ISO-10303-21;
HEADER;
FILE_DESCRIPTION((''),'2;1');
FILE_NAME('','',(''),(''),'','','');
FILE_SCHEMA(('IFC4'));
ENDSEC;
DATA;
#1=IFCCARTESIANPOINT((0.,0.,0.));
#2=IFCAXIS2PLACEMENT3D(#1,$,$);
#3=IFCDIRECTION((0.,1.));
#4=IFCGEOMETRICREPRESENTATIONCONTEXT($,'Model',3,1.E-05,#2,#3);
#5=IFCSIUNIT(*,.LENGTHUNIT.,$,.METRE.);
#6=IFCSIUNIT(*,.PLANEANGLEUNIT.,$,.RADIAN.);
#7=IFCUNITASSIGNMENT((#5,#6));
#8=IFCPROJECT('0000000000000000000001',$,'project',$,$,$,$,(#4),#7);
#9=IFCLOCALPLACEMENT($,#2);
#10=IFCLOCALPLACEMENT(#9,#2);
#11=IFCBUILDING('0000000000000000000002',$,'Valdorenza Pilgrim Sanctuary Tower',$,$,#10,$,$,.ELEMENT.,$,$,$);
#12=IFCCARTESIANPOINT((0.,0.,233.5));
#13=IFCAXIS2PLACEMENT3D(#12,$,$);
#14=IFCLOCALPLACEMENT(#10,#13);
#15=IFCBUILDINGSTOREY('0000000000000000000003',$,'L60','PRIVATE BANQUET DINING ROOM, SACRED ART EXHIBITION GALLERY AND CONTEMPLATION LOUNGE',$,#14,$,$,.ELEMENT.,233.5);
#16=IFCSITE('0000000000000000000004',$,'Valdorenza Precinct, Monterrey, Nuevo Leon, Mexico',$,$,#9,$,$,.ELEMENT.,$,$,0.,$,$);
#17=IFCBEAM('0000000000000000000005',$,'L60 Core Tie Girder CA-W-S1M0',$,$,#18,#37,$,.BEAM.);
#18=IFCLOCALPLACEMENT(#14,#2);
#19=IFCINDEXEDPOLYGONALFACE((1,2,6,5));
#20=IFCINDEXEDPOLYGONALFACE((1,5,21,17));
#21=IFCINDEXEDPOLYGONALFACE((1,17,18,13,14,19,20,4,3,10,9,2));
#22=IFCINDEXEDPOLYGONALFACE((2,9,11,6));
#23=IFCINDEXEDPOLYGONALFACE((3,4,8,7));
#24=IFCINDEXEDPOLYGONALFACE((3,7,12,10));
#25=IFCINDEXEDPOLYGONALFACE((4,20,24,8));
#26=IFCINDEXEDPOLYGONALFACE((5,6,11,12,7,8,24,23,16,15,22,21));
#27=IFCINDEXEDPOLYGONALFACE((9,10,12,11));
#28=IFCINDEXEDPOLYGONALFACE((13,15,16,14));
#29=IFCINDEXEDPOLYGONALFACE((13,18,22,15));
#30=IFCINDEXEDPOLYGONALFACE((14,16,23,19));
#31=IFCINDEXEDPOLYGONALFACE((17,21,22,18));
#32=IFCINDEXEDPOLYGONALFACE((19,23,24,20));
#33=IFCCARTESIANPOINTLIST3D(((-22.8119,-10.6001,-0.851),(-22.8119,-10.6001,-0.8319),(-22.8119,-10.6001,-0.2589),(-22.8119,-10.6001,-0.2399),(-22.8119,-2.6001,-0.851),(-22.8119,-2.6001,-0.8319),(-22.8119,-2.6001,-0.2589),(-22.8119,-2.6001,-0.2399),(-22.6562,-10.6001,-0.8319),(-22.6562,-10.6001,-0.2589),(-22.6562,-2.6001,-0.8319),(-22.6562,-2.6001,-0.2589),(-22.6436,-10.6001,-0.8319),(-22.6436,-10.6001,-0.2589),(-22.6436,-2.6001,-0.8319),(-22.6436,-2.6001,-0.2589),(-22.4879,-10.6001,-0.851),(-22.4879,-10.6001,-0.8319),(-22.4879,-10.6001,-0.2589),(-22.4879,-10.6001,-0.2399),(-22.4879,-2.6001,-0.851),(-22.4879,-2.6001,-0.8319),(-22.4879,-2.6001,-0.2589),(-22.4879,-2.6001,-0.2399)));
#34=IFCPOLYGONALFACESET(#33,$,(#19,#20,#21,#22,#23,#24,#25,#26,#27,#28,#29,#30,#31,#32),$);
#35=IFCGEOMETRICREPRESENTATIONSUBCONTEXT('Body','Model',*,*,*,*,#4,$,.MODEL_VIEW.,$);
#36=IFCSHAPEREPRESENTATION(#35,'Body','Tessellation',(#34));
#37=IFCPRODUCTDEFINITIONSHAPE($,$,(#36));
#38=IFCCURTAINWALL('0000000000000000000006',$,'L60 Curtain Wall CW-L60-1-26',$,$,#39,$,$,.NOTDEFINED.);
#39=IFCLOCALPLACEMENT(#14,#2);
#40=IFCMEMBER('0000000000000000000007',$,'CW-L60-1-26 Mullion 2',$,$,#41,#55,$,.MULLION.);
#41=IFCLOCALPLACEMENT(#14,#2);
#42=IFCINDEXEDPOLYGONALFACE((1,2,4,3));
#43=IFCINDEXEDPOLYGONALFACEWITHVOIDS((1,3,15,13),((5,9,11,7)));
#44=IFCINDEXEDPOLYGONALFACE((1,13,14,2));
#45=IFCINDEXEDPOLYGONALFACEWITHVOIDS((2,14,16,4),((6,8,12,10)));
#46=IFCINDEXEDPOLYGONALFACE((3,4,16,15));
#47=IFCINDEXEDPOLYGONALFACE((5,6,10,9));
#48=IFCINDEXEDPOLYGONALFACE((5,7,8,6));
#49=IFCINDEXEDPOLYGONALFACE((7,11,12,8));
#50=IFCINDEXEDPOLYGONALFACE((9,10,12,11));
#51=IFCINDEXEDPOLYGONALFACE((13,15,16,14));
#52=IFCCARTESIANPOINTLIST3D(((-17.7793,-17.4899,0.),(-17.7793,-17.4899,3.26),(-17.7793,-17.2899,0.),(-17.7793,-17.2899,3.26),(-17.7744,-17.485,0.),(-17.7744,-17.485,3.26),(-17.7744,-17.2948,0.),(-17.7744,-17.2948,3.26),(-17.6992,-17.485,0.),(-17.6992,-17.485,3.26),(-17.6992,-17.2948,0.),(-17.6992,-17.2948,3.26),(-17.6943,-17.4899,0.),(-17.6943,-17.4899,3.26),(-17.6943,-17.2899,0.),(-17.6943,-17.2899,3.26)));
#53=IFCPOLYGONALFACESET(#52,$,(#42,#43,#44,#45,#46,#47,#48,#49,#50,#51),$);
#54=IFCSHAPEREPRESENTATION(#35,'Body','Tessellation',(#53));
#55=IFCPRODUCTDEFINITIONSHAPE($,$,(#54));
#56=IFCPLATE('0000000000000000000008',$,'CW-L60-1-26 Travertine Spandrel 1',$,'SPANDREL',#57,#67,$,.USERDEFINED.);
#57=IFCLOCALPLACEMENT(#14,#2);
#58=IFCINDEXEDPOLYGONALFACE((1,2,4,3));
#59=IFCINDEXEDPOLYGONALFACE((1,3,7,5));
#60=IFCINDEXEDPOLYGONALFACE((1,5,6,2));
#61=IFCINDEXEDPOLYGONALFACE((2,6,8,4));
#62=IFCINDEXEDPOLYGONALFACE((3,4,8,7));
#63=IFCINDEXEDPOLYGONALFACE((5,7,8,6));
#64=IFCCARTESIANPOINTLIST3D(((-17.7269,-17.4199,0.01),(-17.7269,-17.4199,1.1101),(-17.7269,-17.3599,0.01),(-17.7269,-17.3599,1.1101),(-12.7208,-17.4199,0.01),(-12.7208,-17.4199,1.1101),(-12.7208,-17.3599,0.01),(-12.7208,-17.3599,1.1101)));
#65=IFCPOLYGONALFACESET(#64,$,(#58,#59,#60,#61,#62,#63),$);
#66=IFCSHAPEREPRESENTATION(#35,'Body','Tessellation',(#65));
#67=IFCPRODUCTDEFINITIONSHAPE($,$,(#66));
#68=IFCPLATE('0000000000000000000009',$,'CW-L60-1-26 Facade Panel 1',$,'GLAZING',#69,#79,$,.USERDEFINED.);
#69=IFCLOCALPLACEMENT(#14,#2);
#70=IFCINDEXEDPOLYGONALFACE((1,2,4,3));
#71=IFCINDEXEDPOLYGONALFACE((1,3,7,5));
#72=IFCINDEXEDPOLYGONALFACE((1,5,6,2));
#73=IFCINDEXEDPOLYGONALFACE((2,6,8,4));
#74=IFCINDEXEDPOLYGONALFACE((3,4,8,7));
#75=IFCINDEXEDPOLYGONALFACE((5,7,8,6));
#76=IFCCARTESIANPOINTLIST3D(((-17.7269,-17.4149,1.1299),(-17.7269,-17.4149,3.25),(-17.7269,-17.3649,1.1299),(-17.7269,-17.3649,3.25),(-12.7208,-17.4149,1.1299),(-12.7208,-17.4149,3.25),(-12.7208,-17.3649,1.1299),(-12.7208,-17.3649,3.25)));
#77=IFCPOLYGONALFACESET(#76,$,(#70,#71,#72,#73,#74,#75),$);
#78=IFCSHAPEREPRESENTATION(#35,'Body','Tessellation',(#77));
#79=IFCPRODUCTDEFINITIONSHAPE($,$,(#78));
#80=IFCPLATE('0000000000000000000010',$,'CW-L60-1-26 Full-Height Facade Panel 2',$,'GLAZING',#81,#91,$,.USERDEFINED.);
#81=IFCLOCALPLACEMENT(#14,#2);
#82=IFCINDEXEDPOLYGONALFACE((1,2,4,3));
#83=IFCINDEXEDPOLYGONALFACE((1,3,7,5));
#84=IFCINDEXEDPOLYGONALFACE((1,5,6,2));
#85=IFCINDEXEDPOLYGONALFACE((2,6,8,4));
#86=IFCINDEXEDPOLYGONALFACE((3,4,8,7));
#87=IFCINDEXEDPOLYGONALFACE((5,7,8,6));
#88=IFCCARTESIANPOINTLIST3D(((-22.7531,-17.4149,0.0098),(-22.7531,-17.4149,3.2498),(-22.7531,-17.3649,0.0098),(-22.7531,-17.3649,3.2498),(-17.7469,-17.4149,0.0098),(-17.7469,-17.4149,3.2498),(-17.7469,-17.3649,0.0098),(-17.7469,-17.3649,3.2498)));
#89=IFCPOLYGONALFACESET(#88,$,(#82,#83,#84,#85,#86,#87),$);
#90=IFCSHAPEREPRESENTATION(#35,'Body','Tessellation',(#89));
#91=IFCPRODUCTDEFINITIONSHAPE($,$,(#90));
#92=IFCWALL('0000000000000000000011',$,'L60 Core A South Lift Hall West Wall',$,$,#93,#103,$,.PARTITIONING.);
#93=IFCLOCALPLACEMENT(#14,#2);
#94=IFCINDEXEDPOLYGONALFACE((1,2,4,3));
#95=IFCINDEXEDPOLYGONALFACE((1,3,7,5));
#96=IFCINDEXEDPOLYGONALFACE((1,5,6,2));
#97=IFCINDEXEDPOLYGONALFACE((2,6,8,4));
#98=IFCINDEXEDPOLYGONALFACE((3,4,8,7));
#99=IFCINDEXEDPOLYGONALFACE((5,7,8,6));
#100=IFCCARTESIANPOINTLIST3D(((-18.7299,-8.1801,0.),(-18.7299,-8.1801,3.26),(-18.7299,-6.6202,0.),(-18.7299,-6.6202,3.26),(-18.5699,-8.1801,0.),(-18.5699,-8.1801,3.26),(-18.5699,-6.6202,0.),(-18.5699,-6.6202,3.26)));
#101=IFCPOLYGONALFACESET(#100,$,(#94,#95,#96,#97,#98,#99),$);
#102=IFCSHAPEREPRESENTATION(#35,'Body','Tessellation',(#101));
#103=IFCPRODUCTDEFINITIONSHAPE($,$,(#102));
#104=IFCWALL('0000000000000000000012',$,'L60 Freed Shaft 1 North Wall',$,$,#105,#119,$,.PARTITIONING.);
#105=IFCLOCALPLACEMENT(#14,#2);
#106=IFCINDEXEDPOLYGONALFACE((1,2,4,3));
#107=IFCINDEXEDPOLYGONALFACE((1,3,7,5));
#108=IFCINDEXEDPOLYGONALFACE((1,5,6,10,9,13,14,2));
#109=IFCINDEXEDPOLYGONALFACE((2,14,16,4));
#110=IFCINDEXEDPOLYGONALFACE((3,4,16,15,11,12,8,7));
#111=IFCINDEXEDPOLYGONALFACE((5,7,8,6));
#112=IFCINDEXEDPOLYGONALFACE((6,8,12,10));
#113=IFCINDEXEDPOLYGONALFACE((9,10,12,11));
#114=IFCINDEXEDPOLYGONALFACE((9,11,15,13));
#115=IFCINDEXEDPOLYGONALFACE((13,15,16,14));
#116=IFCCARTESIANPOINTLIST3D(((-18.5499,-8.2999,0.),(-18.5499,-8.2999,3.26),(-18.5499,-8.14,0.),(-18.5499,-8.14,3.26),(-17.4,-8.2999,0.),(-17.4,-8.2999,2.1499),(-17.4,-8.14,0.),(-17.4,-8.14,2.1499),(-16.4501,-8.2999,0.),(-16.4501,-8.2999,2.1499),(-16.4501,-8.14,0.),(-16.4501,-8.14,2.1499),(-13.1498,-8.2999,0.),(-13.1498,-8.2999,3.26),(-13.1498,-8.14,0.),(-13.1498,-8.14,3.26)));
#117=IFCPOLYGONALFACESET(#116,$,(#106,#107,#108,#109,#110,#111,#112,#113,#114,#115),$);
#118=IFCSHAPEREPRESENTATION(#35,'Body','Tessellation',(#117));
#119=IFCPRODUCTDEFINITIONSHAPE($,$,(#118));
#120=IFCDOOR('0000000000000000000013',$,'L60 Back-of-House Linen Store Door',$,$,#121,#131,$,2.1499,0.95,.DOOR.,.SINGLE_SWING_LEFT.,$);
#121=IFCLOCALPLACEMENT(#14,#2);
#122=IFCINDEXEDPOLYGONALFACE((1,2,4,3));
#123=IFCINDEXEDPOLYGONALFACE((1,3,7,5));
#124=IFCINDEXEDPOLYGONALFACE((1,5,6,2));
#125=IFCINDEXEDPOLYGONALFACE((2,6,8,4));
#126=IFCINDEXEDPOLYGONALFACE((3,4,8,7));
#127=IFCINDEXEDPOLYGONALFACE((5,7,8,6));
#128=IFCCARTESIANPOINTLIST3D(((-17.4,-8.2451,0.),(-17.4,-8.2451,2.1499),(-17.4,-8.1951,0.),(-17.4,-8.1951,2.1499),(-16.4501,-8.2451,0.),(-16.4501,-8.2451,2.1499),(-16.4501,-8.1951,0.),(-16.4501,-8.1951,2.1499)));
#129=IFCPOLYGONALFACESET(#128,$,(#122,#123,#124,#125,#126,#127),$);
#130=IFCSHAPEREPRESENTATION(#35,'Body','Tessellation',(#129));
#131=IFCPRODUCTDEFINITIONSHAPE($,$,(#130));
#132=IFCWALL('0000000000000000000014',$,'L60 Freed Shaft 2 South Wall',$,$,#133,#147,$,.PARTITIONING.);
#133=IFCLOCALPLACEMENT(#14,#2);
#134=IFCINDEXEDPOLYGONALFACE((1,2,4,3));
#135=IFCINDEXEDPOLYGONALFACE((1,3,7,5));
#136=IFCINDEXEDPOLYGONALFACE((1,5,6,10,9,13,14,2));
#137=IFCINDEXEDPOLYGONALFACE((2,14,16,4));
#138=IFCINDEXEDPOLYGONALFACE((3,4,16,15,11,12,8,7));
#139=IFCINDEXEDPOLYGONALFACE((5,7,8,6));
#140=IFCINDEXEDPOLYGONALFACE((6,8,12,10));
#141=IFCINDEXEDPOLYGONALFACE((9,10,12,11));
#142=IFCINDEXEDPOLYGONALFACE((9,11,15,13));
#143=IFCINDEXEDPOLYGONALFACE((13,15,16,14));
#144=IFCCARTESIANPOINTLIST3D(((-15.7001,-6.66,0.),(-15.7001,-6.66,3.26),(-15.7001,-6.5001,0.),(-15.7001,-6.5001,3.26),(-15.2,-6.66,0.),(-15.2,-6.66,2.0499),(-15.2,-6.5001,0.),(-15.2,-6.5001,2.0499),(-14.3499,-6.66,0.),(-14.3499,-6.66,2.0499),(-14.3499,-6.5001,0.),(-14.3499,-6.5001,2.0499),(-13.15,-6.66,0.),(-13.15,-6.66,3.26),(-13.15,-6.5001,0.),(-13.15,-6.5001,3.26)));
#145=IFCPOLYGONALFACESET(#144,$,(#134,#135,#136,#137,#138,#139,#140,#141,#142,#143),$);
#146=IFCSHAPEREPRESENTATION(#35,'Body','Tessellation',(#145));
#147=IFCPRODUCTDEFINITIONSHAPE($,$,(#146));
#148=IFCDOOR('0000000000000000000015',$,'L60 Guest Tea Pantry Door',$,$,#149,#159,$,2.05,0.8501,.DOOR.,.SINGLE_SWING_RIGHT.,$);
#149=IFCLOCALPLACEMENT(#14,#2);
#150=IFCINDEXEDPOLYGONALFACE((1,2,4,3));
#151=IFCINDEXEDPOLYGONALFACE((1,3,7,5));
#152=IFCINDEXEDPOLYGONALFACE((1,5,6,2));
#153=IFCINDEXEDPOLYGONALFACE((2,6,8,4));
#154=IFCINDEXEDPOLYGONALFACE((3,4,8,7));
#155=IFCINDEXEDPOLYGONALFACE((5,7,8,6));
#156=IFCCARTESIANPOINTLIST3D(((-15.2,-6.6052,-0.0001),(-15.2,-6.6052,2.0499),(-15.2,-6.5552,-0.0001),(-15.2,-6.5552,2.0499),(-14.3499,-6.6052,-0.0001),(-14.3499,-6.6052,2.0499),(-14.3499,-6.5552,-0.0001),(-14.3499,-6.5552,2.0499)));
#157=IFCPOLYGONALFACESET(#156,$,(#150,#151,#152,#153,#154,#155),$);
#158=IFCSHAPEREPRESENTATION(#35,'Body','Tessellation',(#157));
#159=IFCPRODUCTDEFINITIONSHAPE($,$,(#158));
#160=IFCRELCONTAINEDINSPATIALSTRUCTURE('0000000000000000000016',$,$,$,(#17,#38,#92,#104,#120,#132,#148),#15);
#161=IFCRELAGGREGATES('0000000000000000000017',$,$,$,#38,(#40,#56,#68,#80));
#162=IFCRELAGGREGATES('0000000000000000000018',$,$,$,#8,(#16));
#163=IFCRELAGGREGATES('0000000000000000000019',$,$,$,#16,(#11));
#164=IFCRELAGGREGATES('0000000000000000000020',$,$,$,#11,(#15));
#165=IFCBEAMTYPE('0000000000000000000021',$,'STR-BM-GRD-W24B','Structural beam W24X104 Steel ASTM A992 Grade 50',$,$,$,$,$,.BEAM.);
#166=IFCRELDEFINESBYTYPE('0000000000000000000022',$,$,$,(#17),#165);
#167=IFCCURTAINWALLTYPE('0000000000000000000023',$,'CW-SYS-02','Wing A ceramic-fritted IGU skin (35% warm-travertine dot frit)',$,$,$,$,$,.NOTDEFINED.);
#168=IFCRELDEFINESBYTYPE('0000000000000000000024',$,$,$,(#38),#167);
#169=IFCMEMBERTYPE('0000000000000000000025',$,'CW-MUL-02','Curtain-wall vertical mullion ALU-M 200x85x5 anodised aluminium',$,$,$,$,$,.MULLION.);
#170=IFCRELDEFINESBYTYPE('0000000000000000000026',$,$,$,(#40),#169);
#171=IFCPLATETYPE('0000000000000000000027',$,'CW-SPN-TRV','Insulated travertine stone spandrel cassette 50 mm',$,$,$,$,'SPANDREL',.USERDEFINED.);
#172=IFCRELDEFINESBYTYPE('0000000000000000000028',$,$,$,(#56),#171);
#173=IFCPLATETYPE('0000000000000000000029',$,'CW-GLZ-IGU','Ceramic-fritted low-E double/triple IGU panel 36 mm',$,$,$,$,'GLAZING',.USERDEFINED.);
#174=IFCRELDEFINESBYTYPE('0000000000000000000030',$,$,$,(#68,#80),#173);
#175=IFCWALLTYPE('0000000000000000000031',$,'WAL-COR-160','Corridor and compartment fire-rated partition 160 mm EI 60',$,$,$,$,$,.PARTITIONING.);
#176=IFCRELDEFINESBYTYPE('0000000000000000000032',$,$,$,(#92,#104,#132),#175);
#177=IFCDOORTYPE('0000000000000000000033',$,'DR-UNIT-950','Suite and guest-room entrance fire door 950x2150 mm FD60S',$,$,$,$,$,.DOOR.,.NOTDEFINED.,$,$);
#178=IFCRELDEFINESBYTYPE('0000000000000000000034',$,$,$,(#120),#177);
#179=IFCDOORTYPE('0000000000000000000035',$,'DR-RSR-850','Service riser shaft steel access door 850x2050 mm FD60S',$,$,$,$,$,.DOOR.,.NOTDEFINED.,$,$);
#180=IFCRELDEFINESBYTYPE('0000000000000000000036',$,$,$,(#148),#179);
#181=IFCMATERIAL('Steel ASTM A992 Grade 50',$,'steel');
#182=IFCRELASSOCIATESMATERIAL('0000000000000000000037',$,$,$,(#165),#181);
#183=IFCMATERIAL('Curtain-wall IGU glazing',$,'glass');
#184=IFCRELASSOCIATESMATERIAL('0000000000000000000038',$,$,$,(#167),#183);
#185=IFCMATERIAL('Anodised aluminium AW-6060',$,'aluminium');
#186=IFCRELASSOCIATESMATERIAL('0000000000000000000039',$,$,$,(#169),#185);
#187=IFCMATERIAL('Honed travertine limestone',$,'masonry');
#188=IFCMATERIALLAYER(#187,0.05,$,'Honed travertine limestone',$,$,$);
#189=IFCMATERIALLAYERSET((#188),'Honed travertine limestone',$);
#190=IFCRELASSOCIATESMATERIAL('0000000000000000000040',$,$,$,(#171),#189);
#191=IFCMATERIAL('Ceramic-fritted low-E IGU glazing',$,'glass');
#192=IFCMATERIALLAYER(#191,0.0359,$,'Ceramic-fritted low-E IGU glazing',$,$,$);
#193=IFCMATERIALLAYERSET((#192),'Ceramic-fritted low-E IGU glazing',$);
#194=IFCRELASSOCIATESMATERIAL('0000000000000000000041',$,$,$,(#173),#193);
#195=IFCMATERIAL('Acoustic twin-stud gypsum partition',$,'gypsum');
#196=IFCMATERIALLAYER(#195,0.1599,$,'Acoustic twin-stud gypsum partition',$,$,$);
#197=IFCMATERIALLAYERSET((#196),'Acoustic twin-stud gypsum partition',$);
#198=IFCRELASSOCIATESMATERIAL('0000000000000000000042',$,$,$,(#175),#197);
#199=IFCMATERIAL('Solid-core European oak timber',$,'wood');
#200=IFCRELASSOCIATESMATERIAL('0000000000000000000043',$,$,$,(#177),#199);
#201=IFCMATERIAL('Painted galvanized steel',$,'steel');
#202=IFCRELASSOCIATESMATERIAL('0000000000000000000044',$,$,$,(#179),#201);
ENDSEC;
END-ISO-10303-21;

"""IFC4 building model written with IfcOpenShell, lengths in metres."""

from ifc_helpers import new_model, si_unit, direction, frame, frame_2d, origin, origin_2d, place, context, subcontext, project, spatial, rectangle, hollow_rectangle, i_section, extrude, source, transform, mapped, material, layer, layer_set, material_profile, profile_set, type_object, element, fill, aggregate, save


model = new_model("IFC4")

# Units and contexts
model_context = context("Model", 3, precision=1e-05, world=origin(), true_north=direction((0.0, 1.0)))
body_context = subcontext(model_context, "Body", "Model", "MODEL_VIEW")
ifc_project = project(units=[si_unit("LENGTHUNIT", "METRE"), si_unit("PLANEANGLEUNIT", "RADIAN")], contexts=[model_context])

# Site, building, storey
site_placement = place(None, origin())
site = spatial("IfcSite", under=ifc_project, at=site_placement, Name="Valdorenza Precinct, Monterrey, Nuevo Leon, Mexico", CompositionType="ELEMENT", RefElevation=0.0)
building_placement = place(site_placement, origin())
building = spatial("IfcBuilding", under=site, at=building_placement, Name="Valdorenza Pilgrim Sanctuary Tower", CompositionType="ELEMENT")
storey_placement = place(building_placement, frame((0.0, 0.0, 233.5)))
storey = spatial("IfcBuildingStorey", under=building, at=storey_placement, Name="L60", Description="PRIVATE BANQUET DINING ROOM, SACRED ART EXHIBITION GALLERY AND CONTEMPLATION LOUNGE", CompositionType="ELEMENT", Elevation=233.5)

# Beam
ifc_material_1 = material(Name="Steel ASTM A992 Grade 50", Category="steel")
ifc_material_profile_1 = material_profile(ifc_material_1, i_section(OverallWidth=0.324, OverallDepth=0.6111, WebThickness=0.0127, FlangeThickness=0.019, at=origin_2d()), Name="W24X104")
ifc_profile_set_1 = profile_set([ifc_material_profile_1], Name="Steel ASTM A992 Grade 50")
beam_type = type_object("IfcBeamType", Name="STR-BM-GRD-W24B", Description="Structural beam W24X104 Steel ASTM A992 Grade 50", PredefinedType="BEAM", material=ifc_profile_set_1)
shared_shape_1 = source(origin(), body_context, "Body", "SweptSolid", [
    extrude(i_section(OverallWidth=0.324, OverallDepth=0.6111, WebThickness=0.0127, FlangeThickness=0.019, at=origin_2d()), origin(), (0.0, 0.0, 1.0), 8.0),
])
beam_placement = place(storey_placement, frame((-22.6499, -10.6001, -0.5454), z_axis=(0.0, 1.0, 0.0), x_axis=(-1.0, 0.0, 0.0)))
element("IfcBeam", 1, at=beam_placement, inside=storey, type_object=beam_type, Name="L60 Core Tie Girder CA-W-S1M0", PredefinedType="BEAM", context=body_context, shape_type="MappedRepresentation", body=[
    mapped(shared_shape_1, transform((0.0, 0.0, 0.0), x_axis=(1.0, 0.0, 0.0), y_axis=(0.0, 1.0, 0.0), z_axis=(0.0, 0.0, 1.0), scale=1.0)),
])

# Curtain wall, member, plates
ifc_material_2 = material(Name="Curtain-wall IGU glazing", Category="glass")
curtain_wall_type = type_object("IfcCurtainWallType", Name="CW-SYS-02", Description="Wing A ceramic-fritted IGU skin (35% warm-travertine dot frit)", PredefinedType="NOTDEFINED", material=ifc_material_2)
curtain_wall_placement = place(storey_placement, origin())
curtain_wall = element("IfcCurtainWall", 2, at=curtain_wall_placement, inside=storey, type_object=curtain_wall_type, Name="L60 Curtain Wall CW-L60-1-26", PredefinedType="NOTDEFINED")
ifc_material_3 = material(Name="Anodised aluminium AW-6060", Category="aluminium")
ifc_material_profile_2 = material_profile(ifc_material_3, hollow_rectangle(XDim=0.085, YDim=0.2, WallThickness=0.0049, at=origin_2d()), Name="ALU-M 200x85x5")
ifc_profile_set_2 = profile_set([ifc_material_profile_2], Name="Anodised aluminium AW-6060")
member_type = type_object("IfcMemberType", Name="CW-MUL-02", Description="Curtain-wall vertical mullion ALU-M 200x85x5 anodised aluminium", PredefinedType="MULLION", material=ifc_profile_set_2)
shared_shape_2 = source(origin(), body_context, "Body", "SweptSolid", [
    extrude(hollow_rectangle(XDim=0.085, YDim=0.2, WallThickness=0.0049, at=origin_2d()), origin(), (0.0, 0.0, 1.0), 3.26),
])
member_placement = place(storey_placement, frame((-17.7368, -17.3899, 0.0), z_axis=(0.0, 0.0, 1.0), x_axis=(-1.0, 0.0, 0.0)))
member = element("IfcMember", 3, at=member_placement, type_object=member_type, Name="CW-L60-1-26 Mullion 2", PredefinedType="MULLION", context=body_context, shape_type="MappedRepresentation", body=[
    mapped(shared_shape_2, transform((0.0, 0.0, 0.0), x_axis=(1.0, 0.0, 0.0), y_axis=(0.0, 1.0, 0.0), z_axis=(0.0, 0.0, 1.0), scale=1.0)),
])
ifc_material_4 = material(Name="Honed travertine limestone", Category="masonry")
ifc_layer_1 = layer(ifc_material_4, 0.05, Name="Honed travertine limestone")
ifc_layer_set_1 = layer_set([ifc_layer_1], Name="Honed travertine limestone")
plate_type_1 = type_object("IfcPlateType", Name="CW-SPN-TRV", Description="Insulated travertine stone spandrel cassette 50 mm", ElementType="SPANDREL", PredefinedType="USERDEFINED", material=ifc_layer_set_1)
shared_shape_3 = source(origin(), body_context, "Body", "SweptSolid", [
    extrude(rectangle(XDim=5.0061, YDim=0.0601, at=origin_2d()), origin(), (0.0, 0.0, 1.0), 1.1001),
])
plate_1_placement = place(storey_placement, frame((-15.2239, -17.3899, 0.01), z_axis=(0.0, 0.0, 1.0), x_axis=(-1.0, 0.0, 0.0)))
plate_1 = element("IfcPlate", 4, at=plate_1_placement, type_object=plate_type_1, Name="CW-L60-1-26 Travertine Spandrel 1", ObjectType="SPANDREL", PredefinedType="USERDEFINED", context=body_context, shape_type="MappedRepresentation", body=[
    mapped(shared_shape_3, transform((0.0, 0.0, 0.0), x_axis=(1.0, 0.0, 0.0), y_axis=(0.0, 1.0, 0.0), z_axis=(0.0, 0.0, 1.0), scale=1.0)),
])
ifc_material_5 = material(Name="Ceramic-fritted low-E IGU glazing", Category="glass")
ifc_layer_2 = layer(ifc_material_5, 0.0359, Name="Ceramic-fritted low-E IGU glazing")
ifc_layer_set_2 = layer_set([ifc_layer_2], Name="Ceramic-fritted low-E IGU glazing")
plate_type_2 = type_object("IfcPlateType", Name="CW-GLZ-IGU", Description="Ceramic-fritted low-E double/triple IGU panel 36 mm", ElementType="GLAZING", PredefinedType="USERDEFINED", material=ifc_layer_set_2)
shared_shape_4 = source(origin(), body_context, "Body", "SweptSolid", [
    extrude(rectangle(XDim=5.0061, YDim=0.05, at=origin_2d()), origin(), (0.0, 0.0, 1.0), 2.1201),
])
plate_2_placement = place(storey_placement, frame((-15.2239, -17.3899, 1.1299), z_axis=(0.0, 0.0, 1.0), x_axis=(-1.0, 0.0, 0.0)))
plate_2 = element("IfcPlate", 5, at=plate_2_placement, type_object=plate_type_2, Name="CW-L60-1-26 Facade Panel 1", ObjectType="GLAZING", PredefinedType="USERDEFINED", context=body_context, shape_type="MappedRepresentation", body=[
    mapped(shared_shape_4, transform((0.0, 0.0, 0.0), x_axis=(1.0, 0.0, 0.0), y_axis=(0.0, 1.0, 0.0), z_axis=(0.0, 0.0, 1.0), scale=1.0)),
])
shared_shape_5 = source(origin(), body_context, "Body", "SweptSolid", [
    extrude(rectangle(XDim=5.0061, YDim=0.05, at=origin_2d()), origin(), (0.0, 0.0, 1.0), 3.24),
])
plate_3_placement = place(storey_placement, frame((-20.25, -17.3899, 0.0098), z_axis=(0.0, 0.0, 1.0), x_axis=(-1.0, 0.0, 0.0)))
plate_3 = element("IfcPlate", 6, at=plate_3_placement, type_object=plate_type_2, Name="CW-L60-1-26 Full-Height Facade Panel 2", ObjectType="GLAZING", PredefinedType="USERDEFINED", context=body_context, shape_type="MappedRepresentation", body=[
    mapped(shared_shape_5, transform((0.0, 0.0, 0.0), x_axis=(1.0, 0.0, 0.0), y_axis=(0.0, 1.0, 0.0), z_axis=(0.0, 0.0, 1.0), scale=1.0)),
])
aggregate(curtain_wall, [member, plate_1, plate_2, plate_3])

# Wall
ifc_material_6 = material(Name="Acoustic twin-stud gypsum partition", Category="gypsum")
ifc_layer_3 = layer(ifc_material_6, 0.1599, Name="Acoustic twin-stud gypsum partition")
ifc_layer_set_3 = layer_set([ifc_layer_3], Name="Acoustic twin-stud gypsum partition")
wall_type_1 = type_object("IfcWallType", Name="WAL-COR-160", Description="Corridor and compartment fire-rated partition 160 mm EI 60", PredefinedType="PARTITIONING", material=ifc_layer_set_3)
wall_1_placement = place(storey_placement, frame((-18.6499, -8.1799, 0.0), z_axis=(0.0, 0.0, 1.0), x_axis=(0.0, 1.0, 0.0)))
element("IfcWall", 7, at=wall_1_placement, inside=storey, type_object=wall_type_1, Name="L60 Core A South Lift Hall West Wall", PredefinedType="PARTITIONING", context=body_context, shape_type="SweptSolid", body=[
    extrude(rectangle(XDim=1.5598, YDim=0.1599, at=frame_2d((0.7798, 0.0))), origin(), (0.0, 0.0, 1.0), 3.26),
])

# Walls, openings, doors
wall_2_placement = place(storey_placement, frame((-18.55, -8.22, 0.0), z_axis=(0.0, 0.0, 1.0), x_axis=(1.0, 0.0, 0.0)))
wall_2 = element("IfcWall", 8, at=wall_2_placement, inside=storey, type_object=wall_type_1, Name="L60 Freed Shaft 1 North Wall", PredefinedType="PARTITIONING", context=body_context, shape_type="SweptSolid", body=[
    extrude(rectangle(XDim=5.4001, YDim=0.1599, at=frame_2d((2.7002, 0.0))), origin(), (0.0, 0.0, 1.0), 3.26),
])
opening_1_placement = place(wall_2_placement, frame((1.1499, 0.0, 0.0)))
opening_1 = element("IfcOpeningElement", 9, at=opening_1_placement, cuts=wall_2, PredefinedType="OPENING", context=body_context, shape_type="SweptSolid", body=[
    extrude(rectangle(XDim=0.95, YDim=2.1499, at=frame_2d((0.4751, 1.075))), frame((0.0, 0.0947, 0.0), z_axis=(0.0, -1.0, 0.0), x_axis=(1.0, 0.0, 0.0)), (0.0, 0.0, 1.0), 0.1897),
])
ifc_material_7 = material(Name="Solid-core European oak timber", Category="wood")
door_type_1 = type_object("IfcDoorType", Name="DR-UNIT-950", Description="Suite and guest-room entrance fire door 950x2150 mm FD60S", OperationType="NOTDEFINED", PredefinedType="DOOR", material=ifc_material_7)
door_1_placement = place(opening_1_placement, origin())
door_1 = element("IfcDoor", 10, at=door_1_placement, inside=storey, type_object=door_type_1, Name="L60 Back-of-House Linen Store Door", OperationType="SINGLE_SWING_LEFT", OverallHeight=2.1499, OverallWidth=0.95, PredefinedType="DOOR", context=body_context, shape_type="SweptSolid", body=[
    extrude(rectangle(XDim=0.95, YDim=2.1499, at=frame_2d((0.4751, 1.075))), frame((0.0, 0.0249, 0.0), z_axis=(0.0, -1.0, 0.0), x_axis=(1.0, 0.0, 0.0)), (0.0, 0.0, 1.0), 0.05),
])
fill(opening_1, door_1)
wall_3_placement = place(storey_placement, frame((-15.7, -6.5801, 0.0), z_axis=(0.0, 0.0, 1.0), x_axis=(1.0, 0.0, 0.0)))
wall_3 = element("IfcWall", 11, at=wall_3_placement, inside=storey, type_object=wall_type_1, Name="L60 Freed Shaft 2 South Wall", PredefinedType="PARTITIONING", context=body_context, shape_type="SweptSolid", body=[
    extrude(rectangle(XDim=2.55, YDim=0.1599, at=frame_2d((1.2749, 0.0))), origin(), (0.0, 0.0, 1.0), 3.26),
])
opening_2_placement = place(wall_3_placement, frame((0.5, 0.0, 0.0)))
opening_2 = element("IfcOpeningElement", 12, at=opening_2_placement, cuts=wall_3, PredefinedType="OPENING", context=body_context, shape_type="SweptSolid", body=[
    extrude(rectangle(XDim=0.8501, YDim=2.05, at=frame_2d((0.425, 1.0249))), frame((0.0, 0.0947, 0.0), z_axis=(0.0, -1.0, 0.0), x_axis=(1.0, 0.0, 0.0)), (0.0, 0.0, 1.0), 0.1897),
])
ifc_material_8 = material(Name="Painted galvanized steel", Category="steel")
door_type_2 = type_object("IfcDoorType", Name="DR-RSR-850", Description="Service riser shaft steel access door 850x2050 mm FD60S", OperationType="NOTDEFINED", PredefinedType="DOOR", material=ifc_material_8)
door_2_placement = place(opening_2_placement, origin())
door_2 = element("IfcDoor", 13, at=door_2_placement, inside=storey, type_object=door_type_2, Name="L60 Guest Tea Pantry Door", OperationType="SINGLE_SWING_RIGHT", OverallHeight=2.05, OverallWidth=0.8501, PredefinedType="DOOR", context=body_context, shape_type="SweptSolid", body=[
    extrude(rectangle(XDim=0.8501, YDim=2.05, at=frame_2d((0.425, 1.0249))), frame((0.0, 0.0249, 0.0), z_axis=(0.0, -1.0, 0.0), x_axis=(1.0, 0.0, 0.0)), (0.0, 0.0, 1.0), 0.05),
])
fill(opening_2, door_2)

save(model, "model.ifc")
